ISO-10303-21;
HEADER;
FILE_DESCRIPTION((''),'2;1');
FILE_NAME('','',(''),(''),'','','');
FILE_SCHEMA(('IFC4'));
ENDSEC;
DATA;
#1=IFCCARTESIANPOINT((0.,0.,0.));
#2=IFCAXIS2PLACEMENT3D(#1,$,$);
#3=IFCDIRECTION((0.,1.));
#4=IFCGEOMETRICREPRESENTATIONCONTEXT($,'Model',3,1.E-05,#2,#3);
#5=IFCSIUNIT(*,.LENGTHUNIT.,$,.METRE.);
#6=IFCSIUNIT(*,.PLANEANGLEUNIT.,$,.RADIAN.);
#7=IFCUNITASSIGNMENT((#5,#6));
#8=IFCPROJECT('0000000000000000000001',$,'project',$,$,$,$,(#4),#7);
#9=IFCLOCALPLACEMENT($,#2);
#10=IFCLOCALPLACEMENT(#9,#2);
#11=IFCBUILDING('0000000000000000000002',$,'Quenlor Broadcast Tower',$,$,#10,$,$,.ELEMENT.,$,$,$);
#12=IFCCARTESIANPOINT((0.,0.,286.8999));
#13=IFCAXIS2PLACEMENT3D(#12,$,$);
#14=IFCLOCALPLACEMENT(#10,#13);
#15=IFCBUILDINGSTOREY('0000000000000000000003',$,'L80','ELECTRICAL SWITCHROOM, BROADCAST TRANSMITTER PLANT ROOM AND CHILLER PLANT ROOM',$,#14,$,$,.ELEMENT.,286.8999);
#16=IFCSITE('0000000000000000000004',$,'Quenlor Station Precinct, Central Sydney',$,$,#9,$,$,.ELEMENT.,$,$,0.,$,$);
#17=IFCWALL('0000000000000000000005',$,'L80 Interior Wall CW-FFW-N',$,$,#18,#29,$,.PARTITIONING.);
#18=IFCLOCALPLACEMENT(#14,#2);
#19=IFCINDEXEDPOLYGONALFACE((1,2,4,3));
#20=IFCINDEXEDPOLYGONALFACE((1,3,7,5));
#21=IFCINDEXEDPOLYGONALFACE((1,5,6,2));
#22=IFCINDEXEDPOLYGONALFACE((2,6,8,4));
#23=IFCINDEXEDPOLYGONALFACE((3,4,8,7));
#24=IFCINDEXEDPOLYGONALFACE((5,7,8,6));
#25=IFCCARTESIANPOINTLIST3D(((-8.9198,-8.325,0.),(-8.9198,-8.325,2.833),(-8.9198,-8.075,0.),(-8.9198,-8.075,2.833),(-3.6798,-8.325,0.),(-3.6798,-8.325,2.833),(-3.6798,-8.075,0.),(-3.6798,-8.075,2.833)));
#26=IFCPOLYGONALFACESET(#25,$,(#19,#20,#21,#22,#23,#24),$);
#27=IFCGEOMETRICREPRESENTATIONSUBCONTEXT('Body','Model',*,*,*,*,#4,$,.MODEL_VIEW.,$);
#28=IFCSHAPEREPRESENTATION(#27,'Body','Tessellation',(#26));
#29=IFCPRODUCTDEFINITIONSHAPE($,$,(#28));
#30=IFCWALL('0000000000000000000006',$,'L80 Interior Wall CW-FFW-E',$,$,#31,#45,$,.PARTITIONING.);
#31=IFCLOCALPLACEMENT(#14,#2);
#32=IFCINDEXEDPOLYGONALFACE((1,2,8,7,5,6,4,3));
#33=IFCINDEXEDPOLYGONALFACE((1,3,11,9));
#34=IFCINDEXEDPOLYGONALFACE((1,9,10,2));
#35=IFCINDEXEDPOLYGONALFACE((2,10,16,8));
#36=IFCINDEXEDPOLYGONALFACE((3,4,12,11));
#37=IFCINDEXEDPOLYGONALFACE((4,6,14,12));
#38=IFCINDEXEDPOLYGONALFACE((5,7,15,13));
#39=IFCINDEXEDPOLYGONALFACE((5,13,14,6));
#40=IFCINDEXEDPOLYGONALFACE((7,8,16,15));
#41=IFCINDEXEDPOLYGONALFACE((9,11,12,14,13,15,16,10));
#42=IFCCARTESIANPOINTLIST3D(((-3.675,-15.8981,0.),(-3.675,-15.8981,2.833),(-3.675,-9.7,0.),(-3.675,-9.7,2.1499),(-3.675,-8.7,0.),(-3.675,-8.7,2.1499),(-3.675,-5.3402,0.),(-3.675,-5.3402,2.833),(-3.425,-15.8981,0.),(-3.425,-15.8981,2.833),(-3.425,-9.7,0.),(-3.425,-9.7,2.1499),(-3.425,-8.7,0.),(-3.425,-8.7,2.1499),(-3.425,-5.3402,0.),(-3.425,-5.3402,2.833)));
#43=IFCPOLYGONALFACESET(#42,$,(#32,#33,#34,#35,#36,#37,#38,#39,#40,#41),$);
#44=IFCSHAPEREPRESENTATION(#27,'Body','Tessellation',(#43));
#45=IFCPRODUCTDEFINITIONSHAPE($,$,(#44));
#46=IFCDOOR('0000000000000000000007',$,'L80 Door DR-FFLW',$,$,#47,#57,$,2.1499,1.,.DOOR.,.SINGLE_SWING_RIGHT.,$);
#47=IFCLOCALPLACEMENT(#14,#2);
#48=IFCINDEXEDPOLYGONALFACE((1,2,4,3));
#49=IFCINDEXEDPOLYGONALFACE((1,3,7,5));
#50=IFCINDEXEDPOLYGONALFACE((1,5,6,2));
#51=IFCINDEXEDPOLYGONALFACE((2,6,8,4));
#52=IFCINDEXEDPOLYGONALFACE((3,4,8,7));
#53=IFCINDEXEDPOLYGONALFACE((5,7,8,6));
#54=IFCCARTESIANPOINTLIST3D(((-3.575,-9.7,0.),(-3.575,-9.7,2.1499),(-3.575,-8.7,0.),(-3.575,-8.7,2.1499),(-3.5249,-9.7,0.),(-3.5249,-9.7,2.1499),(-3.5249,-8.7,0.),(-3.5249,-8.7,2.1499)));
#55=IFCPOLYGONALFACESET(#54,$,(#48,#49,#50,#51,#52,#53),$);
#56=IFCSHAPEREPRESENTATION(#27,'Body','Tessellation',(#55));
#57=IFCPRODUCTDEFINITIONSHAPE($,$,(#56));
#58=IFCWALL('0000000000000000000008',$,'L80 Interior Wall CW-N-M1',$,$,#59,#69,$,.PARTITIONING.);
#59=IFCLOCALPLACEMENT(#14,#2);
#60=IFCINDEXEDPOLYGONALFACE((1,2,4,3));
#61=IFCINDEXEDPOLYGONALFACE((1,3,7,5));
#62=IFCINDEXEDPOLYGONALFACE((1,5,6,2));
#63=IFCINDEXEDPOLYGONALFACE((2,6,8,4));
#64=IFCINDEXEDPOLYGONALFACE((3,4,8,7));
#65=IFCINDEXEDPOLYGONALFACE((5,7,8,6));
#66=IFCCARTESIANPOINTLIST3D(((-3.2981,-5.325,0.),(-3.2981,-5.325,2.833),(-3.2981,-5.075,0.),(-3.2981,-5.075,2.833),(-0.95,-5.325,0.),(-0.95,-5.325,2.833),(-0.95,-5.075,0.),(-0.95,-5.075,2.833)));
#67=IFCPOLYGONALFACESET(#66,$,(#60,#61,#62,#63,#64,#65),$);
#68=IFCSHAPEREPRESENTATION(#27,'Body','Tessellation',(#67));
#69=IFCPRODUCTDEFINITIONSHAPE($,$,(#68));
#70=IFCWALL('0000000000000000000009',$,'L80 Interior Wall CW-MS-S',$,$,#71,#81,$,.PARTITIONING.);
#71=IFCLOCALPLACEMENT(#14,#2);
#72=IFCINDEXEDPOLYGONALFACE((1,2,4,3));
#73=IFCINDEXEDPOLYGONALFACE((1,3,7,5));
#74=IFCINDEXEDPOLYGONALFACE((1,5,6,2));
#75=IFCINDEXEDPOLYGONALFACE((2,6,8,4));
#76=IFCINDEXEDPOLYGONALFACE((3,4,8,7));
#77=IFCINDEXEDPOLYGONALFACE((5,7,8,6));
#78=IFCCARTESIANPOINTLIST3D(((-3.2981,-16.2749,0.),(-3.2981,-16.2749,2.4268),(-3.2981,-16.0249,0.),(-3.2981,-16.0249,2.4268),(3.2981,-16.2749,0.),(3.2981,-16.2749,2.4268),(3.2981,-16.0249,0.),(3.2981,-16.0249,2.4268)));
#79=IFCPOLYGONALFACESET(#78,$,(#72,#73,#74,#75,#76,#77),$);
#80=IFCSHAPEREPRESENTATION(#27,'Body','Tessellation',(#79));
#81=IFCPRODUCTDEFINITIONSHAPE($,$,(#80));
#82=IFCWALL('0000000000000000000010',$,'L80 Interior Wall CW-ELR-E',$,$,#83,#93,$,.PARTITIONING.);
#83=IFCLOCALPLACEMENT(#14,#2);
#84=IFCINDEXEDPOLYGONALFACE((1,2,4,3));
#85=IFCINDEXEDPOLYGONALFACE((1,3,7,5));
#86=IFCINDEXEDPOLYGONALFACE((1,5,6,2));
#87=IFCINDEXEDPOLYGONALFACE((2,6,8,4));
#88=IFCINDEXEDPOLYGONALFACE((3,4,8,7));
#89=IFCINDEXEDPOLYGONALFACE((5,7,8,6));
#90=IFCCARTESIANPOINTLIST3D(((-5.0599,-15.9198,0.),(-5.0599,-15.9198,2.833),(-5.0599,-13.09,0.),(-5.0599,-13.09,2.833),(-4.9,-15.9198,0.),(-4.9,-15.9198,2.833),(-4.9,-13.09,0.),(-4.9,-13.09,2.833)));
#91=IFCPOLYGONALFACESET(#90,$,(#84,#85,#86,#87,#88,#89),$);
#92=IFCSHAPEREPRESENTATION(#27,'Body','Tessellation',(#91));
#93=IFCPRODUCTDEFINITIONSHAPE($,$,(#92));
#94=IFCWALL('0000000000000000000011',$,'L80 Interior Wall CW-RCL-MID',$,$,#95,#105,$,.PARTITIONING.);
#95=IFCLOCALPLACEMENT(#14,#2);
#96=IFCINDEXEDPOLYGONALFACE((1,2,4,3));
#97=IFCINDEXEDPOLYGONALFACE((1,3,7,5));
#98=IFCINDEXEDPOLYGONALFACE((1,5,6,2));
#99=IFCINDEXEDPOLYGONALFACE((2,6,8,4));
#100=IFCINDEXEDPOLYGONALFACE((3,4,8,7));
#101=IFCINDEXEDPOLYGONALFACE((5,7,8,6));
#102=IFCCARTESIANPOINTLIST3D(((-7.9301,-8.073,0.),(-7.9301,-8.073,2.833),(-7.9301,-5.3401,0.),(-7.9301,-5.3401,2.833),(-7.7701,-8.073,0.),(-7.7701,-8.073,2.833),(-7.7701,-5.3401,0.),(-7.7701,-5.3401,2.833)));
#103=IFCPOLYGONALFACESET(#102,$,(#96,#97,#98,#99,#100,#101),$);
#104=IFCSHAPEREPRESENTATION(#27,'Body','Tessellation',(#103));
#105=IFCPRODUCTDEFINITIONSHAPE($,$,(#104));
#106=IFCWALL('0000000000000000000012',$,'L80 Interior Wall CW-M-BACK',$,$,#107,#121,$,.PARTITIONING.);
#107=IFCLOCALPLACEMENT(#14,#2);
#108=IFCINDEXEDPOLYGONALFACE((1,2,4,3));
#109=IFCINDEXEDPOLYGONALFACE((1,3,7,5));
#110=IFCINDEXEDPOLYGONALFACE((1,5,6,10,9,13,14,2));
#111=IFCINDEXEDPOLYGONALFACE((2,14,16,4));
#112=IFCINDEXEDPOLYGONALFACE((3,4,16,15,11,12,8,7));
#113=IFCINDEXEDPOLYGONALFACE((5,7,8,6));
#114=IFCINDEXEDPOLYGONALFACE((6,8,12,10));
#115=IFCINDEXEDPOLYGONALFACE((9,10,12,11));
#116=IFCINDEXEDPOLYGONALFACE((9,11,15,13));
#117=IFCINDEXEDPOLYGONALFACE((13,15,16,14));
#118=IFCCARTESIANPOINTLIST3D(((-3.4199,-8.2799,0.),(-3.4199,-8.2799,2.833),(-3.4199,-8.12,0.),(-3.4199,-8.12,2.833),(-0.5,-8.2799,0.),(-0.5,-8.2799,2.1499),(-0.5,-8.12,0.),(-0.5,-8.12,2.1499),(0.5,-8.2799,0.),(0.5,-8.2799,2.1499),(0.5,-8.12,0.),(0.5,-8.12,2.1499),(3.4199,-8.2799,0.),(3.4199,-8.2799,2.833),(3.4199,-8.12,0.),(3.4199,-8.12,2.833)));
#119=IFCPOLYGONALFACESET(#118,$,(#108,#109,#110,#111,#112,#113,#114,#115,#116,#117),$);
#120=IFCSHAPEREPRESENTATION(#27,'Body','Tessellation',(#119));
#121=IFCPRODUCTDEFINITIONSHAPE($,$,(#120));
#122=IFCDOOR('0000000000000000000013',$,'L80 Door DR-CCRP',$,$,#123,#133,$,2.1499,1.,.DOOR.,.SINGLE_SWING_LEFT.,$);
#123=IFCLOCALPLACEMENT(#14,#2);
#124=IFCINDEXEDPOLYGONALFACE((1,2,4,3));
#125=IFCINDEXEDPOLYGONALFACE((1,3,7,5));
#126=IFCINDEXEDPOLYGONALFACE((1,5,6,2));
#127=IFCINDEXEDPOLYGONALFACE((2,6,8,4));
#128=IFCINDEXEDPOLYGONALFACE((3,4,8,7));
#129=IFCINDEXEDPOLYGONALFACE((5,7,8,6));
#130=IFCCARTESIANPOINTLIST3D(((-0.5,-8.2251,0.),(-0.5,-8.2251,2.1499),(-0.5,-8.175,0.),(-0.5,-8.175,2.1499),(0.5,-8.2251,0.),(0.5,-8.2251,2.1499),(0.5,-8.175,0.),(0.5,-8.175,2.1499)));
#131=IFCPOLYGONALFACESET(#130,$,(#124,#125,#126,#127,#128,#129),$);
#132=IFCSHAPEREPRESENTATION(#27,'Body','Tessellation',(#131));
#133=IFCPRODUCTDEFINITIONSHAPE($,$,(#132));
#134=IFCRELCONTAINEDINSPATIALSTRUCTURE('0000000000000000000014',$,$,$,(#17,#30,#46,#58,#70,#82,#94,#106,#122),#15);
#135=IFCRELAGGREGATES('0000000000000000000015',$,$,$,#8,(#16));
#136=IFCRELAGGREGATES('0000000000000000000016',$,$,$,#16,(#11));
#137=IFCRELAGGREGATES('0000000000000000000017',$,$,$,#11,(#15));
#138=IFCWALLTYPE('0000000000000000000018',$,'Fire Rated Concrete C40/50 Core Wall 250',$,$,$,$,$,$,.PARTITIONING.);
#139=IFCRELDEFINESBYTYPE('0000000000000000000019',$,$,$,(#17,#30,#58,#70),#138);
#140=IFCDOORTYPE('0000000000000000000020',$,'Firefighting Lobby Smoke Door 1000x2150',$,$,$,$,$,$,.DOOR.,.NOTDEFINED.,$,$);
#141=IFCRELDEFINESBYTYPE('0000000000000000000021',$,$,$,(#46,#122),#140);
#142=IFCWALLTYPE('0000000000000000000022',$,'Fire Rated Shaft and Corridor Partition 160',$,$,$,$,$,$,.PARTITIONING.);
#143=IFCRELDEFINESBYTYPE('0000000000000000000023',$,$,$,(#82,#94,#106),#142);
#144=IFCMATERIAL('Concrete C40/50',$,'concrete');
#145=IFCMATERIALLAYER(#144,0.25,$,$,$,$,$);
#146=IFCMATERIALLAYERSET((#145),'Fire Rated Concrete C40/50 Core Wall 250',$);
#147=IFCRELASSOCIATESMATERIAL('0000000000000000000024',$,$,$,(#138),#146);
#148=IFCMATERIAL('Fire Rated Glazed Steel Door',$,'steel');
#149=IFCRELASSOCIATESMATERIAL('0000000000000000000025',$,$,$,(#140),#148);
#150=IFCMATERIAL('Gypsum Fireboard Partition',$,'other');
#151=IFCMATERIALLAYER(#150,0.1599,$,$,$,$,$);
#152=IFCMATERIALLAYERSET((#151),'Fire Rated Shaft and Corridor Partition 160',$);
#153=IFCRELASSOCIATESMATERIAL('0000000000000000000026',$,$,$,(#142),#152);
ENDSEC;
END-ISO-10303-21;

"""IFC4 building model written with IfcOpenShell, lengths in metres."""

from ifc_helpers import new_model, si_unit, direction, frame, frame_2d, origin, place, context, subcontext, project, spatial, rectangle, extrude, material, layer, layer_set, type_object, element, fill, save


model = new_model("IFC4")

# Units and contexts
model_context = context("Model", 3, precision=1e-05, world=origin(), true_north=direction((0.0, 1.0)))
body_context = subcontext(model_context, "Body", "Model", "MODEL_VIEW")
ifc_project = project(units=[si_unit("LENGTHUNIT", "METRE"), si_unit("PLANEANGLEUNIT", "RADIAN")], contexts=[model_context])

# Site, building, storey
site_placement = place(None, origin())
site = spatial("IfcSite", under=ifc_project, at=site_placement, Name="Quenlor Station Precinct, Central Sydney", CompositionType="ELEMENT", RefElevation=0.0)
building_placement = place(site_placement, origin())
building = spatial("IfcBuilding", under=site, at=building_placement, Name="Quenlor Broadcast Tower", CompositionType="ELEMENT")
storey_placement = place(building_placement, frame((0.0, 0.0, 286.8999)))
storey = spatial("IfcBuildingStorey", under=building, at=storey_placement, Name="L80", Description="ELECTRICAL SWITCHROOM, BROADCAST TRANSMITTER PLANT ROOM AND CHILLER PLANT ROOM", CompositionType="ELEMENT", Elevation=286.8999)

# Shared definitions
ifc_material_1 = material(Name="Concrete C40/50", Category="concrete")
ifc_layer_1 = layer(ifc_material_1, 0.25)
ifc_layer_set_1 = layer_set([ifc_layer_1], Name="Fire Rated Concrete C40/50 Core Wall 250")
wall_type_1 = type_object("IfcWallType", Name="Fire Rated Concrete C40/50 Core Wall 250", PredefinedType="PARTITIONING", material=ifc_layer_set_1)

# Wall
wall_1_placement = place(storey_placement, frame((-8.9199, -8.2, 0.0), z_axis=(0.0, 0.0, 1.0), x_axis=(1.0, 0.0, 0.0)))
element("IfcWall", 1, at=wall_1_placement, inside=storey, type_object=wall_type_1, Name="L80 Interior Wall CW-FFW-N", PredefinedType="PARTITIONING", context=body_context, shape_type="SweptSolid", body=[
    extrude(rectangle(XDim=5.24, YDim=0.25, at=frame_2d((2.6201, 0.0))), origin(), (0.0, 0.0, 1.0), 2.833),
])

# Wall, opening, door
wall_2_placement = place(storey_placement, frame((-3.55, -15.8979, 0.0), z_axis=(0.0, 0.0, 1.0), x_axis=(0.0, 1.0, 0.0)))
wall_2 = element("IfcWall", 2, at=wall_2_placement, inside=storey, type_object=wall_type_1, Name="L80 Interior Wall CW-FFW-E", PredefinedType="PARTITIONING", context=body_context, shape_type="SweptSolid", body=[
    extrude(rectangle(XDim=10.5579, YDim=0.25, at=frame_2d((5.2788, 0.0))), origin(), (0.0, 0.0, 1.0), 2.833),
])
opening_1_placement = place(wall_2_placement, frame((6.198, 0.0, 0.0)))
opening_1 = element("IfcOpeningElement", 3, at=opening_1_placement, cuts=wall_2, PredefinedType="OPENING", context=body_context, shape_type="SweptSolid", body=[
    extrude(rectangle(XDim=1.0, YDim=2.1499, at=frame_2d((0.5, 1.075))), frame((0.0, 0.135, 0.0), z_axis=(0.0, -1.0, 0.0), x_axis=(1.0, 0.0, 0.0)), (0.0, 0.0, 1.0), 0.27),
])
ifc_material_2 = material(Name="Fire Rated Glazed Steel Door", Category="steel")
door_type_1 = type_object("IfcDoorType", Name="Firefighting Lobby Smoke Door 1000x2150", OperationType="NOTDEFINED", PredefinedType="DOOR", material=ifc_material_2)
door_1_placement = place(opening_1_placement, origin())
door_1 = element("IfcDoor", 4, at=door_1_placement, inside=storey, type_object=door_type_1, Name="L80 Door DR-FFLW", OperationType="SINGLE_SWING_RIGHT", OverallHeight=2.1499, OverallWidth=1.0, PredefinedType="DOOR", context=body_context, shape_type="SweptSolid", body=[
    extrude(rectangle(XDim=1.0, YDim=2.1499, at=frame_2d((0.5, 1.075))), frame((0.0, 0.0249, 0.0), z_axis=(0.0, -1.0, 0.0), x_axis=(1.0, 0.0, 0.0)), (0.0, 0.0, 1.0), 0.05),
])
fill(opening_1, door_1)

# Walls
wall_3_placement = place(storey_placement, frame((-3.2981, -5.2, 0.0), z_axis=(0.0, 0.0, 1.0), x_axis=(1.0, 0.0, 0.0)))
element("IfcWall", 5, at=wall_3_placement, inside=storey, type_object=wall_type_1, Name="L80 Interior Wall CW-N-M1", PredefinedType="PARTITIONING", context=body_context, shape_type="SweptSolid", body=[
    extrude(rectangle(XDim=2.3481, YDim=0.25, at=frame_2d((1.1741, 0.0))), origin(), (0.0, 0.0, 1.0), 2.833),
])
wall_4_placement = place(storey_placement, frame((-3.2981, -16.1499, 0.0), z_axis=(0.0, 0.0, 1.0), x_axis=(1.0, 0.0, 0.0)))
element("IfcWall", 6, at=wall_4_placement, inside=storey, type_object=wall_type_1, Name="L80 Interior Wall CW-MS-S", PredefinedType="PARTITIONING", context=body_context, shape_type="SweptSolid", body=[
    extrude(rectangle(XDim=6.5962, YDim=0.25, at=frame_2d((3.2981, 0.0))), origin(), (0.0, 0.0, 1.0), 2.4268),
])
ifc_material_3 = material(Name="Gypsum Fireboard Partition", Category="other")
ifc_layer_2 = layer(ifc_material_3, 0.1599)
ifc_layer_set_2 = layer_set([ifc_layer_2], Name="Fire Rated Shaft and Corridor Partition 160")
wall_type_2 = type_object("IfcWallType", Name="Fire Rated Shaft and Corridor Partition 160", PredefinedType="PARTITIONING", material=ifc_layer_set_2)
wall_5_placement = place(storey_placement, frame((-4.98, -15.9199, 0.0), z_axis=(0.0, 0.0, 1.0), x_axis=(0.0, 1.0, 0.0)))
element("IfcWall", 7, at=wall_5_placement, inside=storey, type_object=wall_type_2, Name="L80 Interior Wall CW-ELR-E", PredefinedType="PARTITIONING", context=body_context, shape_type="SweptSolid", body=[
    extrude(rectangle(XDim=2.8298, YDim=0.1599, at=frame_2d((1.415, 0.0))), origin(), (0.0, 0.0, 1.0), 2.833),
])
wall_6_placement = place(storey_placement, frame((-7.8501, -8.073, 0.0), z_axis=(0.0, 0.0, 1.0), x_axis=(0.0, 1.0, 0.0)))
element("IfcWall", 8, at=wall_6_placement, inside=storey, type_object=wall_type_2, Name="L80 Interior Wall CW-RCL-MID", PredefinedType="PARTITIONING", context=body_context, shape_type="SweptSolid", body=[
    extrude(rectangle(XDim=2.7329, YDim=0.1599, at=frame_2d((1.3665, 0.0))), origin(), (0.0, 0.0, 1.0), 2.833),
])

# Wall, opening, door
wall_7_placement = place(storey_placement, frame((-3.4199, -8.2, 0.0), z_axis=(0.0, 0.0, 1.0), x_axis=(1.0, 0.0, 0.0)))
wall_7 = element("IfcWall", 9, at=wall_7_placement, inside=storey, type_object=wall_type_2, Name="L80 Interior Wall CW-M-BACK", PredefinedType="PARTITIONING", context=body_context, shape_type="SweptSolid", body=[
    extrude(rectangle(XDim=6.8398, YDim=0.1599, at=frame_2d((3.4199, 0.0))), origin(), (0.0, 0.0, 1.0), 2.833),
])
opening_2_placement = place(wall_7_placement, frame((2.9199, 0.0, 0.0)))
opening_2 = element("IfcOpeningElement", 10, at=opening_2_placement, cuts=wall_7, PredefinedType="OPENING", context=body_context, shape_type="SweptSolid", body=[
    extrude(rectangle(XDim=1.0, YDim=2.1499, at=frame_2d((0.5, 1.075))), frame((0.0, 0.0898, 0.0), z_axis=(0.0, -1.0, 0.0), x_axis=(1.0, 0.0, 0.0)), (0.0, 0.0, 1.0), 0.1799),
])
door_2_placement = place(opening_2_placement, origin())
door_2 = element("IfcDoor", 11, at=door_2_placement, inside=storey, type_object=door_type_1, Name="L80 Door DR-CCRP", OperationType="SINGLE_SWING_LEFT", OverallHeight=2.1499, OverallWidth=1.0, PredefinedType="DOOR", context=body_context, shape_type="SweptSolid", body=[
    extrude(rectangle(XDim=1.0, YDim=2.1499, at=frame_2d((0.5, 1.075))), frame((0.0, 0.0249, 0.0), z_axis=(0.0, -1.0, 0.0), x_axis=(1.0, 0.0, 0.0)), (0.0, 0.0, 1.0), 0.05),
])
fill(opening_2, door_2)

save(model, "model.ifc")
